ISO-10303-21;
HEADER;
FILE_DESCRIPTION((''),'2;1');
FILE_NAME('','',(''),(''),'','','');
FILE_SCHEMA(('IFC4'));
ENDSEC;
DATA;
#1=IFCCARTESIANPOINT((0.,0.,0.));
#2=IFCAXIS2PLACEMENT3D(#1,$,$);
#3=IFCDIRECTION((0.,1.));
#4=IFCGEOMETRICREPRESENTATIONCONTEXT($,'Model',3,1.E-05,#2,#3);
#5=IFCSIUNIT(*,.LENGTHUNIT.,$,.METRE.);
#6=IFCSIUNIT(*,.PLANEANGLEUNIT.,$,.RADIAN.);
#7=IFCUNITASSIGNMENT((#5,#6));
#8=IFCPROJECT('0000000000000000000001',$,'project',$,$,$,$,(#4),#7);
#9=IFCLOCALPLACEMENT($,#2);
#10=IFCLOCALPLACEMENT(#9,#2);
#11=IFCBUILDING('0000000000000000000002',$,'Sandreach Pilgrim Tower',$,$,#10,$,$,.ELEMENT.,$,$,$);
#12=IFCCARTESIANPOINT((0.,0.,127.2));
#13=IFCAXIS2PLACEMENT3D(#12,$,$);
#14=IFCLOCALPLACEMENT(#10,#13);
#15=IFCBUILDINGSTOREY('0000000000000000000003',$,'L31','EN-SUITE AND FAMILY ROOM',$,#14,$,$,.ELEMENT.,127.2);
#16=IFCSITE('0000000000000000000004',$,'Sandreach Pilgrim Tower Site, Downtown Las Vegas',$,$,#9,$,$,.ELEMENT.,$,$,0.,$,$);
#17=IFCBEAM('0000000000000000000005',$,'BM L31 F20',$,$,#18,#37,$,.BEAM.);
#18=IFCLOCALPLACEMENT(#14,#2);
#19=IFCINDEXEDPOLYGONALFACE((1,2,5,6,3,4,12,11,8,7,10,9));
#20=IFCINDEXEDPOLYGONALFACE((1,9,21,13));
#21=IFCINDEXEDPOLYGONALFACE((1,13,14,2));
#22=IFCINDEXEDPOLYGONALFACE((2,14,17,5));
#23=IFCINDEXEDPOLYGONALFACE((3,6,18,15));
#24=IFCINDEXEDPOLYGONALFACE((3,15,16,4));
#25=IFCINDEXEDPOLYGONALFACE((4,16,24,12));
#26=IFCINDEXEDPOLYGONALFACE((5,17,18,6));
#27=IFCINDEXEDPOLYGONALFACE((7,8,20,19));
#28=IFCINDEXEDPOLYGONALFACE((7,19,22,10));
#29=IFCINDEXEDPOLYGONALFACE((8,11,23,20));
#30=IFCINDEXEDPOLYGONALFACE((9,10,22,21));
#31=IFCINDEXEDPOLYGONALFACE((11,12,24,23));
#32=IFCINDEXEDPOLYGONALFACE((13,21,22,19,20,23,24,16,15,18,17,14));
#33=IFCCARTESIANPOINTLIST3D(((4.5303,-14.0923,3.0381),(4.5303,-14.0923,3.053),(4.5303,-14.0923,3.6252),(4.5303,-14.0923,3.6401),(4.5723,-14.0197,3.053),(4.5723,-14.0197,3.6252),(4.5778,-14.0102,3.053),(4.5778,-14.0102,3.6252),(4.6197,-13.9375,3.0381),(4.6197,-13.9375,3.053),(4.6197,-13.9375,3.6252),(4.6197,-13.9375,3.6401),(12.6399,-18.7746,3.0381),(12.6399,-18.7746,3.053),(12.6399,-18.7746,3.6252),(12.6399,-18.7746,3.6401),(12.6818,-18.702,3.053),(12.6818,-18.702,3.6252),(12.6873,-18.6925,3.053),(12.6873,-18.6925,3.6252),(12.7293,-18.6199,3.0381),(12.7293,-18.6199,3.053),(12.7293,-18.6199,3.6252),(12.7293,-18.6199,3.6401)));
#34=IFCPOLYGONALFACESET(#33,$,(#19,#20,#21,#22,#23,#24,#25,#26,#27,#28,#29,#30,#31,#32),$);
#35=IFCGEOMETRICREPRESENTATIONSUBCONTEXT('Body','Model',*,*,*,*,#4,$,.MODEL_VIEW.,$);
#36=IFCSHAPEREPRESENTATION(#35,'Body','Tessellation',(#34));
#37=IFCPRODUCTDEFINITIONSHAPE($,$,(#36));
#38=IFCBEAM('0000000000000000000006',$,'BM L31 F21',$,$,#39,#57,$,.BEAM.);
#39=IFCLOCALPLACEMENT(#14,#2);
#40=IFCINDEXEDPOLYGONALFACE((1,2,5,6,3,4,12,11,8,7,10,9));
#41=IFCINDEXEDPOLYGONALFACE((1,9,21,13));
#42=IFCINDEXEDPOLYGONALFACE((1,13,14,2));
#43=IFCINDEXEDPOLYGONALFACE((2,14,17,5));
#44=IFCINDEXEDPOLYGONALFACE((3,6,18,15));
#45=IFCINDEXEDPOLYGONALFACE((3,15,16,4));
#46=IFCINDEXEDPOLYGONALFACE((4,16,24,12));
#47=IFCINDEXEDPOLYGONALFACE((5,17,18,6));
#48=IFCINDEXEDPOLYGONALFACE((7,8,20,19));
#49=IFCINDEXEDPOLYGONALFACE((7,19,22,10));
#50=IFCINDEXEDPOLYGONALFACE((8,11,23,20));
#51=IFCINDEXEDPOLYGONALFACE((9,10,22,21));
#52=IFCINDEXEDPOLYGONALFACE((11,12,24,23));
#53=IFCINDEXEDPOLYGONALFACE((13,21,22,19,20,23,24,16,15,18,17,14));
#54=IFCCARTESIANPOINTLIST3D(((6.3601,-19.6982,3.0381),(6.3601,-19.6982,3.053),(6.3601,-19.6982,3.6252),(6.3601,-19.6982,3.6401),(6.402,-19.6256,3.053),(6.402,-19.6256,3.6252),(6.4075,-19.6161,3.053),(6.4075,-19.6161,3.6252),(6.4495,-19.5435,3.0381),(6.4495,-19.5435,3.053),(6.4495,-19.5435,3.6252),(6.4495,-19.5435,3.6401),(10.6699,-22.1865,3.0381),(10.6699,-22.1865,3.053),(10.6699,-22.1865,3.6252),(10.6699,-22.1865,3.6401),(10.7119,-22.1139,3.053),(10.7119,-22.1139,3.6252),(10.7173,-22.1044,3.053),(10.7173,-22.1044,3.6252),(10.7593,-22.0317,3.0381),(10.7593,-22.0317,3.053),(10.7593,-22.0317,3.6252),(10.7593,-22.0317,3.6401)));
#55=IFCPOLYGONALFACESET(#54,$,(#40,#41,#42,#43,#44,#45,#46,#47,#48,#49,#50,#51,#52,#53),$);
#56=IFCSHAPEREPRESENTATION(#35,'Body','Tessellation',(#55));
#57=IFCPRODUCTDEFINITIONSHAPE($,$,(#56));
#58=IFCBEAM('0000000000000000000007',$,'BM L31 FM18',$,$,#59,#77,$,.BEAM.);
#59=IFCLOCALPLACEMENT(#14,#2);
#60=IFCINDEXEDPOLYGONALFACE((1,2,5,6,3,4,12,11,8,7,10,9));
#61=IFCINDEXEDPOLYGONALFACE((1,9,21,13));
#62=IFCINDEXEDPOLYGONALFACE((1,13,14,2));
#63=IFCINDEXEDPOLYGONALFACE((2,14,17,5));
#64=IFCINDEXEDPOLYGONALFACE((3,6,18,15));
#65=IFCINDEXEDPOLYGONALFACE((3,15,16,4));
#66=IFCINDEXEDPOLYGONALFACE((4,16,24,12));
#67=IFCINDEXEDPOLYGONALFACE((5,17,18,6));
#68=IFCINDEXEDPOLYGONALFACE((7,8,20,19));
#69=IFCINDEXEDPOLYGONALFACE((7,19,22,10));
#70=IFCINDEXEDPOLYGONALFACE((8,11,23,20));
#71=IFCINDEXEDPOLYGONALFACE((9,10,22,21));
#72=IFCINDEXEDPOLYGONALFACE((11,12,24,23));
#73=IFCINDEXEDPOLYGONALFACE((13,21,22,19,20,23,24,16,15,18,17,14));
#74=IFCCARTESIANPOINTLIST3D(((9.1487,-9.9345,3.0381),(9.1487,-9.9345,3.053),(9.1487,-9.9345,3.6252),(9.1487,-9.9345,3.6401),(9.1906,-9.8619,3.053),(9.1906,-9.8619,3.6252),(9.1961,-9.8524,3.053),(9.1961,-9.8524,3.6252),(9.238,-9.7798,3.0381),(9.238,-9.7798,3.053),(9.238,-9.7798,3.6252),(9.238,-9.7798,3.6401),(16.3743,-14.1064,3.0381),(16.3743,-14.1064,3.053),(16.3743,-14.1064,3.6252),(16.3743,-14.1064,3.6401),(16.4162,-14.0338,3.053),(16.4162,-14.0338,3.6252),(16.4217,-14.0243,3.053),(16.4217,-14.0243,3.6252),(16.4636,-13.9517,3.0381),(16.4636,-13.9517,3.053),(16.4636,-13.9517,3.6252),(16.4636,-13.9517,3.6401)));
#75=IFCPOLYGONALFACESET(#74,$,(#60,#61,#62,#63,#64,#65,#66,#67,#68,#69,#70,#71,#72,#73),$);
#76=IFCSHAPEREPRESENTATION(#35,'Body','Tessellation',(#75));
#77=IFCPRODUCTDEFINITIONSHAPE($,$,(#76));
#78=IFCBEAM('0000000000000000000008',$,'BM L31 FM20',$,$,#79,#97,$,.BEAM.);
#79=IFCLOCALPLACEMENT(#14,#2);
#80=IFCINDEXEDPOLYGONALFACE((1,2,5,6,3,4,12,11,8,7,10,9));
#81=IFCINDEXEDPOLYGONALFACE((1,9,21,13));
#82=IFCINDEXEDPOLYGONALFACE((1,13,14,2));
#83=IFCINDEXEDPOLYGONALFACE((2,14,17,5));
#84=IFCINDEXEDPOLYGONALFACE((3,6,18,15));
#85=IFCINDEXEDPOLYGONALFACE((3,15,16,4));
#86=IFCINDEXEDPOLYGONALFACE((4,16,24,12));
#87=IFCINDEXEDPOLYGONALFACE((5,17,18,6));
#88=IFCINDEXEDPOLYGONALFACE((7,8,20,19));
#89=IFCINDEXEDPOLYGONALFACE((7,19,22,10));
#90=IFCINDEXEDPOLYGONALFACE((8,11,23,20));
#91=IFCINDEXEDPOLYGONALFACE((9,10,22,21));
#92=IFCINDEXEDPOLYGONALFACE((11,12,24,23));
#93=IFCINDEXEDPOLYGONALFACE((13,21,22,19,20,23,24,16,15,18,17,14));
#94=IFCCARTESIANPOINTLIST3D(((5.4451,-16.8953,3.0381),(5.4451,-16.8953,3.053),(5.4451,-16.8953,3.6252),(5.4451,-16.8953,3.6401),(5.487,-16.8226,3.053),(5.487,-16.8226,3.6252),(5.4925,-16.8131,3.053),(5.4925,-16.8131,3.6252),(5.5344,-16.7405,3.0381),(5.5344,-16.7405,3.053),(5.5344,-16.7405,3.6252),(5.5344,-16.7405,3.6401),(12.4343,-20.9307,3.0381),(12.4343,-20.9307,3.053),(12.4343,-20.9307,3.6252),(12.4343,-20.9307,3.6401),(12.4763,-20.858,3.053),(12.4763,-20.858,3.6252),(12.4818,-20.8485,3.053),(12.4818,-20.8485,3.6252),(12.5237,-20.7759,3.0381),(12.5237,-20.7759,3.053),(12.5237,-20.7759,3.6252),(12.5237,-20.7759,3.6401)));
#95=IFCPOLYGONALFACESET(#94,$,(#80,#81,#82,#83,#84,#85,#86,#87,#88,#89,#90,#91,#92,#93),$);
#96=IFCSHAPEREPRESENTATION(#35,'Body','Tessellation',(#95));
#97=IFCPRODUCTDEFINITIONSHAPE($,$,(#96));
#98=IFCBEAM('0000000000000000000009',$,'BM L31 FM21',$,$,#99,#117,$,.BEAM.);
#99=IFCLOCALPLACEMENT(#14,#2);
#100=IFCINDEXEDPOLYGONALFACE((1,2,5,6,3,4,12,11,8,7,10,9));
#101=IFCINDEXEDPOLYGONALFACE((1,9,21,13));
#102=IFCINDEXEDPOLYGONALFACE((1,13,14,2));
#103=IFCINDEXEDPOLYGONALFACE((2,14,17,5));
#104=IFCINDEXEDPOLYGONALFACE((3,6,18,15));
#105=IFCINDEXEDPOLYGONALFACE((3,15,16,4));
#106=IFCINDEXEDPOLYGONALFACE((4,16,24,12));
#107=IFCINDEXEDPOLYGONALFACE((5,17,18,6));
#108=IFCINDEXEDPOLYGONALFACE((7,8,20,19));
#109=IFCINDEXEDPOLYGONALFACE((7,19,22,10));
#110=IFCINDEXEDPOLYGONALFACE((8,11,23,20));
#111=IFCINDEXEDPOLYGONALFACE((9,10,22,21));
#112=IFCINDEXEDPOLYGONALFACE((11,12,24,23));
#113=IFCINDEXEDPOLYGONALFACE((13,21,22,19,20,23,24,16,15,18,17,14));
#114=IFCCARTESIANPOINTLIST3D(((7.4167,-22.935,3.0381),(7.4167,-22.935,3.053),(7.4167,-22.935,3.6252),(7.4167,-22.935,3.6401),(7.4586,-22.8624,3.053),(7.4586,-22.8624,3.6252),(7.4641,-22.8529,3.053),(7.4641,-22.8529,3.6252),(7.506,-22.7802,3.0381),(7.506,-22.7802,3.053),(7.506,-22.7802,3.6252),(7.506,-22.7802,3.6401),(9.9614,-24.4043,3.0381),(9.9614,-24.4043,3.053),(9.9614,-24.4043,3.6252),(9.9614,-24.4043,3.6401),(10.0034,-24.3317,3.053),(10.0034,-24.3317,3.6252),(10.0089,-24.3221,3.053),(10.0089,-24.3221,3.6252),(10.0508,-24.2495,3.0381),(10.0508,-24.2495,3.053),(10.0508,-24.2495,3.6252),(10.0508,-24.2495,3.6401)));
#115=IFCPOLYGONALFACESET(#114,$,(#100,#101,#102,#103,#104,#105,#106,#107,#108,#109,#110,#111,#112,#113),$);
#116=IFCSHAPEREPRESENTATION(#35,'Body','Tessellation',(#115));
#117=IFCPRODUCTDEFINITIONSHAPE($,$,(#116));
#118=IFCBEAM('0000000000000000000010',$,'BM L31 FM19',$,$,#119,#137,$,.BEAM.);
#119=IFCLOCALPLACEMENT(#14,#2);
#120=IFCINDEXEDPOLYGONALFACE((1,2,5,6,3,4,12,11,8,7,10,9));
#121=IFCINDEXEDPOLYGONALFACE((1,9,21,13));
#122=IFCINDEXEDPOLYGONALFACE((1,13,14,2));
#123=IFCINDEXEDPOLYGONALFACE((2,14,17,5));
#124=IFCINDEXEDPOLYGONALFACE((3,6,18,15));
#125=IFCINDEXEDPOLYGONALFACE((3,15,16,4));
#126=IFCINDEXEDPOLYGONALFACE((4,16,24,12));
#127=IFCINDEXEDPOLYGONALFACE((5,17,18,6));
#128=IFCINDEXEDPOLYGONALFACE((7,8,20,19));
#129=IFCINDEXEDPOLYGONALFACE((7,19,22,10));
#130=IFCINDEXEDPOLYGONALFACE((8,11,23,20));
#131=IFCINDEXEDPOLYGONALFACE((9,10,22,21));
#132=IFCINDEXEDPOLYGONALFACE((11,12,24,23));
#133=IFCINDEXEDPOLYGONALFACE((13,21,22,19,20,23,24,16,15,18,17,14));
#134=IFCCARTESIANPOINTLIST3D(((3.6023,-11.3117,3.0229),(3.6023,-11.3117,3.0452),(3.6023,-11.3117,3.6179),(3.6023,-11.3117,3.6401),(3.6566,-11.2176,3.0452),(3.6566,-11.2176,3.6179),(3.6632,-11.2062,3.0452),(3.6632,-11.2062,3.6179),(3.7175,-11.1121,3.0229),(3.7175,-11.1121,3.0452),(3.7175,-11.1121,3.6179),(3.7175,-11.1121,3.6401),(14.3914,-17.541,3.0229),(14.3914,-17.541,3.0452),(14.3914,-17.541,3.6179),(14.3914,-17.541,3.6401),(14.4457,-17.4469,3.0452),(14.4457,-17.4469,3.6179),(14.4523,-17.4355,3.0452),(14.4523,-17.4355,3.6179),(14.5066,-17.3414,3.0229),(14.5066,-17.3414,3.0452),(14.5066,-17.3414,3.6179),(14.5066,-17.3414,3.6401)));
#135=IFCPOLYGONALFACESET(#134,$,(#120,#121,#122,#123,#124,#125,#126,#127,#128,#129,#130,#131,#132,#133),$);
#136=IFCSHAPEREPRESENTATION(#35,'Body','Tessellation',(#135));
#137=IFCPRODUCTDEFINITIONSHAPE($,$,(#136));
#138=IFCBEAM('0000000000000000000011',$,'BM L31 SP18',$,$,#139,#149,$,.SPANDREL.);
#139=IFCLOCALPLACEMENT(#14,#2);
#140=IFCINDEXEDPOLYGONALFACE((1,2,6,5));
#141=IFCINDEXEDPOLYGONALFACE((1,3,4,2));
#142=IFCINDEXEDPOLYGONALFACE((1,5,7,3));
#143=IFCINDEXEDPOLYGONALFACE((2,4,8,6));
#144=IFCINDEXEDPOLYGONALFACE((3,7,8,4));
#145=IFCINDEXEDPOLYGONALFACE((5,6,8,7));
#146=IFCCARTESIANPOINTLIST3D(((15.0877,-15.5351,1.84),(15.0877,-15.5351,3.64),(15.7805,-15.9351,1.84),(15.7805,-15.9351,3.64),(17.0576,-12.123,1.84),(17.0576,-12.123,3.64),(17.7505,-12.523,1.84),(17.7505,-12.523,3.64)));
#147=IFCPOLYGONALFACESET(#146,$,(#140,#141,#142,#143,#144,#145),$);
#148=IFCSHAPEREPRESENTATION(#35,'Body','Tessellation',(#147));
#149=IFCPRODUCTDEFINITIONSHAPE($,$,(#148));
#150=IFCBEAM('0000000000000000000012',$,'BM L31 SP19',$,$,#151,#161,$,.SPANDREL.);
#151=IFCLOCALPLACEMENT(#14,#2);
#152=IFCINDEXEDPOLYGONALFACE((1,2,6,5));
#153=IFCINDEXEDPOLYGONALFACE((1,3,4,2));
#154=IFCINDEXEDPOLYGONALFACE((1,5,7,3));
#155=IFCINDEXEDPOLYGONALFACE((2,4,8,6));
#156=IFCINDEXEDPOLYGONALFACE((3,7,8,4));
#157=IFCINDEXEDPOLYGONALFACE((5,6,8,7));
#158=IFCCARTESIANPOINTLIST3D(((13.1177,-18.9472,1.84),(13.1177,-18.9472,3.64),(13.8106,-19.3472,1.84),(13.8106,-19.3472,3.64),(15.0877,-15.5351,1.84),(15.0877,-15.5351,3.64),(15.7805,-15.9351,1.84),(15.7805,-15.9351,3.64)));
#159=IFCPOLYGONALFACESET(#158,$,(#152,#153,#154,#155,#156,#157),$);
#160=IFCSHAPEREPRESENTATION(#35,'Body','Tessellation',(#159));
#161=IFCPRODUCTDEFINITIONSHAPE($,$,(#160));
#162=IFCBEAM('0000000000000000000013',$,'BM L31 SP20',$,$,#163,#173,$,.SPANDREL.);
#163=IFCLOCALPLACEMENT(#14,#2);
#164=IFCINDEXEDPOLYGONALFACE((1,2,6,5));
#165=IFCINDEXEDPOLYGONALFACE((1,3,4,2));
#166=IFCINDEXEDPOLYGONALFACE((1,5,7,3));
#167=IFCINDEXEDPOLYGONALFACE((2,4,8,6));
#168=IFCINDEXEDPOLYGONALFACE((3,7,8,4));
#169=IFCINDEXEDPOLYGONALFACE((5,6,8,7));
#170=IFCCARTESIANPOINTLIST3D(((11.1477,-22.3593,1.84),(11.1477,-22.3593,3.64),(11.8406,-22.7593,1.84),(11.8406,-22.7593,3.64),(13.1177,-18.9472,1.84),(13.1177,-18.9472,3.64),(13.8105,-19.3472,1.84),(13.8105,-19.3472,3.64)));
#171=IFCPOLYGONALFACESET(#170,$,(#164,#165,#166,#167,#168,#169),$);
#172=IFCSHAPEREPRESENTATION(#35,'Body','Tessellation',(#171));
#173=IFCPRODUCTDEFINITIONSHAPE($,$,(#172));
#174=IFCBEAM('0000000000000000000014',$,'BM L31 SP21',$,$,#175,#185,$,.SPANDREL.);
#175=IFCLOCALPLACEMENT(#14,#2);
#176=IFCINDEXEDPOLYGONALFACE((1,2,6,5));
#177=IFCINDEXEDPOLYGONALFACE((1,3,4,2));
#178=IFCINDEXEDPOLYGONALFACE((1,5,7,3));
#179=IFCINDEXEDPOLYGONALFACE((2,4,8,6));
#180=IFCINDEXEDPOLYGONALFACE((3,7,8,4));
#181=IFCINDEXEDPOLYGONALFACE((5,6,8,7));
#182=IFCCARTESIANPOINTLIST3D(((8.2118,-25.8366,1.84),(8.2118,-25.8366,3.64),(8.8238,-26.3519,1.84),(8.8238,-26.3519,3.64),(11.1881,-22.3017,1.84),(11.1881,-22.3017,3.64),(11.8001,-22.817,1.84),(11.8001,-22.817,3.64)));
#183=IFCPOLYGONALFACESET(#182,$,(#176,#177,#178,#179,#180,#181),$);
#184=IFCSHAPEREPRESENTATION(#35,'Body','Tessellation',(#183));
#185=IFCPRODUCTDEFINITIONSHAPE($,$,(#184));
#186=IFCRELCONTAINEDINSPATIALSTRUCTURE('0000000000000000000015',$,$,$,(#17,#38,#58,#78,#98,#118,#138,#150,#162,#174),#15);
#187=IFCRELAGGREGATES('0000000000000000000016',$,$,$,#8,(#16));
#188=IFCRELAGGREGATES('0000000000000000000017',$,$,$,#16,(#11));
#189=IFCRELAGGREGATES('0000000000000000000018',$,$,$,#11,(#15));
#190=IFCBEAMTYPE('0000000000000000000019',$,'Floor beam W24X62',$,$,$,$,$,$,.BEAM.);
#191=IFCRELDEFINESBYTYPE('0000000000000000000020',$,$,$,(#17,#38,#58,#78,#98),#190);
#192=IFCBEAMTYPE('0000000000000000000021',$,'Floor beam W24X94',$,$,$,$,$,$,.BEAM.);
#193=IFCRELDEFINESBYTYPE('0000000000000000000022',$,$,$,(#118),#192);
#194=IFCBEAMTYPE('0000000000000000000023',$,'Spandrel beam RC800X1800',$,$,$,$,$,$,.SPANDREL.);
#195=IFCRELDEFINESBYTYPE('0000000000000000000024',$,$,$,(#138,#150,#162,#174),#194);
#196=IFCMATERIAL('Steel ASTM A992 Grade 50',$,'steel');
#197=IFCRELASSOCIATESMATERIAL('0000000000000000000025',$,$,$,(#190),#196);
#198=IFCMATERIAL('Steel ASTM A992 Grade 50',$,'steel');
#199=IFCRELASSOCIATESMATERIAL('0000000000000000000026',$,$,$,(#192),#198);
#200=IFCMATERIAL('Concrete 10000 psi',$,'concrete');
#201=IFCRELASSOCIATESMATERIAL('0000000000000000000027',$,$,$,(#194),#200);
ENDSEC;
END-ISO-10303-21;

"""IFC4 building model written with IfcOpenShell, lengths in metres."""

from ifc_helpers import new_model, si_unit, direction, frame, origin, origin_2d, place, context, subcontext, project, spatial, rectangle, i_section, extrude, material, material_profile, profile_set, type_object, element, save


model = new_model("IFC4")

# Units and contexts
model_context = context("Model", 3, precision=1e-05, world=origin(), true_north=direction((0.0, 1.0)))
body_context = subcontext(model_context, "Body", "Model", "MODEL_VIEW")
ifc_project = project(units=[si_unit("LENGTHUNIT", "METRE"), si_unit("PLANEANGLEUNIT", "RADIAN")], contexts=[model_context])

# Site, building, storey
site_placement = place(None, origin())
site = spatial("IfcSite", under=ifc_project, at=site_placement, Name="Sandreach Pilgrim Tower Site, Downtown Las Vegas", CompositionType="ELEMENT", RefElevation=0.0)
building_placement = place(site_placement, origin())
building = spatial("IfcBuilding", under=site, at=building_placement, Name="Sandreach Pilgrim Tower", CompositionType="ELEMENT")
storey_placement = place(building_placement, frame((0.0, 0.0, 127.2)))
storey = spatial("IfcBuildingStorey", under=building, at=storey_placement, Name="L31", Description="EN-SUITE AND FAMILY ROOM", CompositionType="ELEMENT", Elevation=127.2)

# Beams
ifc_material_1 = material(Name="Steel ASTM A992 Grade 50", Category="steel")
ifc_material_profile_1 = material_profile(ifc_material_1, i_section(OverallWidth=0.1787, OverallDepth=0.6021, WebThickness=0.011, FlangeThickness=0.0149, at=origin_2d()), Name="W24X62")
ifc_profile_set_1 = profile_set([ifc_material_profile_1], Name="Steel ASTM A992 Grade 50")
beam_type_1 = type_object("IfcBeamType", Name="Floor beam W24X62", PredefinedType="BEAM", material=ifc_profile_set_1)
beam_1_placement = place(storey_placement, frame((12.6846, -18.6973, 3.3391), z_axis=(-0.866012, 0.500023, 0.0), x_axis=(-0.500023, -0.866012, 0.0)))
element("IfcBeam", 1, at=beam_1_placement, inside=storey, type_object=beam_type_1, Name="BM L31 F20", PredefinedType="BEAM", context=body_context, shape_type="SweptSolid", body=[
    extrude(i_section(OverallWidth=0.1787, OverallDepth=0.6021, WebThickness=0.011, FlangeThickness=0.0149, at=origin_2d()), origin(), (0.0, 0.0, 1.0), 9.3643),
])
beam_2_placement = place(storey_placement, frame((10.7146, -22.1091, 3.3391), z_axis=(-0.866025, 0.500001, 0.0), x_axis=(-0.500001, -0.866025, 0.0)))
element("IfcBeam", 2, at=beam_2_placement, inside=storey, type_object=beam_type_1, Name="BM L31 F21", PredefinedType="BEAM", context=body_context, shape_type="SweptSolid", body=[
    extrude(i_section(OverallWidth=0.1787, OverallDepth=0.6021, WebThickness=0.011, FlangeThickness=0.0149, at=origin_2d()), origin(), (0.0, 0.0, 1.0), 4.9766),
])
beam_3_placement = place(storey_placement, frame((16.4189, -14.0291, 3.3391), z_axis=(-0.866016, 0.500016, 0.0), x_axis=(-0.500016, -0.866016, 0.0)))
element("IfcBeam", 3, at=beam_3_placement, inside=storey, type_object=beam_type_1, Name="BM L31 FM18", PredefinedType="BEAM", context=body_context, shape_type="SweptSolid", body=[
    extrude(i_section(OverallWidth=0.1787, OverallDepth=0.6021, WebThickness=0.011, FlangeThickness=0.0149, at=origin_2d()), origin(), (0.0, 0.0, 1.0), 8.3435),
])
beam_4_placement = place(storey_placement, frame((12.479, -20.8533, 3.3391), z_axis=(-0.866017, 0.500014, 0.0), x_axis=(-0.500014, -0.866017, 0.0)))
element("IfcBeam", 4, at=beam_4_placement, inside=storey, type_object=beam_type_1, Name="BM L31 FM20", PredefinedType="BEAM", context=body_context, shape_type="SweptSolid", body=[
    extrude(i_section(OverallWidth=0.1787, OverallDepth=0.6021, WebThickness=0.011, FlangeThickness=0.0149, at=origin_2d()), origin(), (0.0, 0.0, 1.0), 8.0706),
])
beam_5_placement = place(storey_placement, frame((10.0061, -24.3269, 3.3391), z_axis=(-0.866015, 0.500017, 0.0), x_axis=(-0.500017, -0.866015, 0.0)))
element("IfcBeam", 5, at=beam_5_placement, inside=storey, type_object=beam_type_1, Name="BM L31 FM21", PredefinedType="BEAM", context=body_context, shape_type="SweptSolid", body=[
    extrude(i_section(OverallWidth=0.1787, OverallDepth=0.6021, WebThickness=0.011, FlangeThickness=0.0149, at=origin_2d()), origin(), (0.0, 0.0, 1.0), 2.9385),
])
ifc_material_2 = material(Name="Steel ASTM A992 Grade 50", Category="steel")
ifc_material_profile_2 = material_profile(ifc_material_2, i_section(OverallWidth=0.2305, OverallDepth=0.6172, WebThickness=0.0132, FlangeThickness=0.0222, at=origin_2d()), Name="W24X94")
ifc_profile_set_2 = profile_set([ifc_material_profile_2], Name="Steel ASTM A992 Grade 50")
beam_type_2 = type_object("IfcBeamType", Name="Floor beam W24X94", PredefinedType="BEAM", material=ifc_profile_set_2)
beam_6_placement = place(storey_placement, frame((14.449, -17.4412, 3.3315), z_axis=(-0.866019, 0.500011, 0.0), x_axis=(-0.500011, -0.866019, 0.0)))
element("IfcBeam", 6, at=beam_6_placement, inside=storey, type_object=beam_type_2, Name="BM L31 FM19", PredefinedType="BEAM", context=body_context, shape_type="SweptSolid", body=[
    extrude(i_section(OverallWidth=0.2305, OverallDepth=0.6172, WebThickness=0.0132, FlangeThickness=0.0222, at=origin_2d()), origin(), (0.0, 0.0, 1.0), 12.4583),
])
ifc_material_3 = material(Name="Concrete 10000 psi", Category="concrete")
ifc_material_profile_3 = material_profile(ifc_material_3, rectangle(XDim=0.8, YDim=1.8, at=origin_2d()), Name="RC800X1800")
ifc_profile_set_3 = profile_set([ifc_material_profile_3], Name="Concrete 10000 psi")
beam_type_3 = type_object("IfcBeamType", Name="Spandrel beam RC800X1800", PredefinedType="SPANDREL", material=ifc_profile_set_3)
for number, where, z_axis, x_axis, name in (
    (7, (17.4041, -12.323, 2.74), (-0.499998, -0.866027, 0.0), (0.866027, -0.499998, 0.0), "BM L31 SP18"),
    (8, (15.4341, -15.7351, 2.74), (-0.499998, -0.866027, 0.0), (0.866027, -0.499998, 0.0), "BM L31 SP19"),
    (9, (13.4641, -19.1472, 2.74), (-0.499998, -0.866027, 0.0), (0.866027, -0.499998, 0.0), "BM L31 SP20"),
):
    element("IfcBeam", number, at=place(storey_placement, frame(where, z_axis=z_axis, x_axis=x_axis)), inside=storey, type_object=beam_type_3, Name=name, PredefinedType="SPANDREL", context=body_context, shape_type="SweptSolid", body=[
        extrude(rectangle(XDim=0.8, YDim=1.8, at=origin_2d()), origin(), (0.0, 0.0, 1.0), 3.9399),
    ])
beam_7_placement = place(storey_placement, frame((11.4941, -22.5593, 2.74), z_axis=(-0.644079, -0.764959, 0.0), x_axis=(0.764959, -0.644079, 0.0)))
element("IfcBeam", 10, at=beam_7_placement, inside=storey, type_object=beam_type_3, Name="BM L31 SP21", PredefinedType="SPANDREL", context=body_context, shape_type="SweptSolid", body=[
    extrude(rectangle(XDim=0.8, YDim=1.8, at=origin_2d()), origin(), (0.0, 0.0, 1.0), 4.6211),
])

save(model, "model.ifc")
